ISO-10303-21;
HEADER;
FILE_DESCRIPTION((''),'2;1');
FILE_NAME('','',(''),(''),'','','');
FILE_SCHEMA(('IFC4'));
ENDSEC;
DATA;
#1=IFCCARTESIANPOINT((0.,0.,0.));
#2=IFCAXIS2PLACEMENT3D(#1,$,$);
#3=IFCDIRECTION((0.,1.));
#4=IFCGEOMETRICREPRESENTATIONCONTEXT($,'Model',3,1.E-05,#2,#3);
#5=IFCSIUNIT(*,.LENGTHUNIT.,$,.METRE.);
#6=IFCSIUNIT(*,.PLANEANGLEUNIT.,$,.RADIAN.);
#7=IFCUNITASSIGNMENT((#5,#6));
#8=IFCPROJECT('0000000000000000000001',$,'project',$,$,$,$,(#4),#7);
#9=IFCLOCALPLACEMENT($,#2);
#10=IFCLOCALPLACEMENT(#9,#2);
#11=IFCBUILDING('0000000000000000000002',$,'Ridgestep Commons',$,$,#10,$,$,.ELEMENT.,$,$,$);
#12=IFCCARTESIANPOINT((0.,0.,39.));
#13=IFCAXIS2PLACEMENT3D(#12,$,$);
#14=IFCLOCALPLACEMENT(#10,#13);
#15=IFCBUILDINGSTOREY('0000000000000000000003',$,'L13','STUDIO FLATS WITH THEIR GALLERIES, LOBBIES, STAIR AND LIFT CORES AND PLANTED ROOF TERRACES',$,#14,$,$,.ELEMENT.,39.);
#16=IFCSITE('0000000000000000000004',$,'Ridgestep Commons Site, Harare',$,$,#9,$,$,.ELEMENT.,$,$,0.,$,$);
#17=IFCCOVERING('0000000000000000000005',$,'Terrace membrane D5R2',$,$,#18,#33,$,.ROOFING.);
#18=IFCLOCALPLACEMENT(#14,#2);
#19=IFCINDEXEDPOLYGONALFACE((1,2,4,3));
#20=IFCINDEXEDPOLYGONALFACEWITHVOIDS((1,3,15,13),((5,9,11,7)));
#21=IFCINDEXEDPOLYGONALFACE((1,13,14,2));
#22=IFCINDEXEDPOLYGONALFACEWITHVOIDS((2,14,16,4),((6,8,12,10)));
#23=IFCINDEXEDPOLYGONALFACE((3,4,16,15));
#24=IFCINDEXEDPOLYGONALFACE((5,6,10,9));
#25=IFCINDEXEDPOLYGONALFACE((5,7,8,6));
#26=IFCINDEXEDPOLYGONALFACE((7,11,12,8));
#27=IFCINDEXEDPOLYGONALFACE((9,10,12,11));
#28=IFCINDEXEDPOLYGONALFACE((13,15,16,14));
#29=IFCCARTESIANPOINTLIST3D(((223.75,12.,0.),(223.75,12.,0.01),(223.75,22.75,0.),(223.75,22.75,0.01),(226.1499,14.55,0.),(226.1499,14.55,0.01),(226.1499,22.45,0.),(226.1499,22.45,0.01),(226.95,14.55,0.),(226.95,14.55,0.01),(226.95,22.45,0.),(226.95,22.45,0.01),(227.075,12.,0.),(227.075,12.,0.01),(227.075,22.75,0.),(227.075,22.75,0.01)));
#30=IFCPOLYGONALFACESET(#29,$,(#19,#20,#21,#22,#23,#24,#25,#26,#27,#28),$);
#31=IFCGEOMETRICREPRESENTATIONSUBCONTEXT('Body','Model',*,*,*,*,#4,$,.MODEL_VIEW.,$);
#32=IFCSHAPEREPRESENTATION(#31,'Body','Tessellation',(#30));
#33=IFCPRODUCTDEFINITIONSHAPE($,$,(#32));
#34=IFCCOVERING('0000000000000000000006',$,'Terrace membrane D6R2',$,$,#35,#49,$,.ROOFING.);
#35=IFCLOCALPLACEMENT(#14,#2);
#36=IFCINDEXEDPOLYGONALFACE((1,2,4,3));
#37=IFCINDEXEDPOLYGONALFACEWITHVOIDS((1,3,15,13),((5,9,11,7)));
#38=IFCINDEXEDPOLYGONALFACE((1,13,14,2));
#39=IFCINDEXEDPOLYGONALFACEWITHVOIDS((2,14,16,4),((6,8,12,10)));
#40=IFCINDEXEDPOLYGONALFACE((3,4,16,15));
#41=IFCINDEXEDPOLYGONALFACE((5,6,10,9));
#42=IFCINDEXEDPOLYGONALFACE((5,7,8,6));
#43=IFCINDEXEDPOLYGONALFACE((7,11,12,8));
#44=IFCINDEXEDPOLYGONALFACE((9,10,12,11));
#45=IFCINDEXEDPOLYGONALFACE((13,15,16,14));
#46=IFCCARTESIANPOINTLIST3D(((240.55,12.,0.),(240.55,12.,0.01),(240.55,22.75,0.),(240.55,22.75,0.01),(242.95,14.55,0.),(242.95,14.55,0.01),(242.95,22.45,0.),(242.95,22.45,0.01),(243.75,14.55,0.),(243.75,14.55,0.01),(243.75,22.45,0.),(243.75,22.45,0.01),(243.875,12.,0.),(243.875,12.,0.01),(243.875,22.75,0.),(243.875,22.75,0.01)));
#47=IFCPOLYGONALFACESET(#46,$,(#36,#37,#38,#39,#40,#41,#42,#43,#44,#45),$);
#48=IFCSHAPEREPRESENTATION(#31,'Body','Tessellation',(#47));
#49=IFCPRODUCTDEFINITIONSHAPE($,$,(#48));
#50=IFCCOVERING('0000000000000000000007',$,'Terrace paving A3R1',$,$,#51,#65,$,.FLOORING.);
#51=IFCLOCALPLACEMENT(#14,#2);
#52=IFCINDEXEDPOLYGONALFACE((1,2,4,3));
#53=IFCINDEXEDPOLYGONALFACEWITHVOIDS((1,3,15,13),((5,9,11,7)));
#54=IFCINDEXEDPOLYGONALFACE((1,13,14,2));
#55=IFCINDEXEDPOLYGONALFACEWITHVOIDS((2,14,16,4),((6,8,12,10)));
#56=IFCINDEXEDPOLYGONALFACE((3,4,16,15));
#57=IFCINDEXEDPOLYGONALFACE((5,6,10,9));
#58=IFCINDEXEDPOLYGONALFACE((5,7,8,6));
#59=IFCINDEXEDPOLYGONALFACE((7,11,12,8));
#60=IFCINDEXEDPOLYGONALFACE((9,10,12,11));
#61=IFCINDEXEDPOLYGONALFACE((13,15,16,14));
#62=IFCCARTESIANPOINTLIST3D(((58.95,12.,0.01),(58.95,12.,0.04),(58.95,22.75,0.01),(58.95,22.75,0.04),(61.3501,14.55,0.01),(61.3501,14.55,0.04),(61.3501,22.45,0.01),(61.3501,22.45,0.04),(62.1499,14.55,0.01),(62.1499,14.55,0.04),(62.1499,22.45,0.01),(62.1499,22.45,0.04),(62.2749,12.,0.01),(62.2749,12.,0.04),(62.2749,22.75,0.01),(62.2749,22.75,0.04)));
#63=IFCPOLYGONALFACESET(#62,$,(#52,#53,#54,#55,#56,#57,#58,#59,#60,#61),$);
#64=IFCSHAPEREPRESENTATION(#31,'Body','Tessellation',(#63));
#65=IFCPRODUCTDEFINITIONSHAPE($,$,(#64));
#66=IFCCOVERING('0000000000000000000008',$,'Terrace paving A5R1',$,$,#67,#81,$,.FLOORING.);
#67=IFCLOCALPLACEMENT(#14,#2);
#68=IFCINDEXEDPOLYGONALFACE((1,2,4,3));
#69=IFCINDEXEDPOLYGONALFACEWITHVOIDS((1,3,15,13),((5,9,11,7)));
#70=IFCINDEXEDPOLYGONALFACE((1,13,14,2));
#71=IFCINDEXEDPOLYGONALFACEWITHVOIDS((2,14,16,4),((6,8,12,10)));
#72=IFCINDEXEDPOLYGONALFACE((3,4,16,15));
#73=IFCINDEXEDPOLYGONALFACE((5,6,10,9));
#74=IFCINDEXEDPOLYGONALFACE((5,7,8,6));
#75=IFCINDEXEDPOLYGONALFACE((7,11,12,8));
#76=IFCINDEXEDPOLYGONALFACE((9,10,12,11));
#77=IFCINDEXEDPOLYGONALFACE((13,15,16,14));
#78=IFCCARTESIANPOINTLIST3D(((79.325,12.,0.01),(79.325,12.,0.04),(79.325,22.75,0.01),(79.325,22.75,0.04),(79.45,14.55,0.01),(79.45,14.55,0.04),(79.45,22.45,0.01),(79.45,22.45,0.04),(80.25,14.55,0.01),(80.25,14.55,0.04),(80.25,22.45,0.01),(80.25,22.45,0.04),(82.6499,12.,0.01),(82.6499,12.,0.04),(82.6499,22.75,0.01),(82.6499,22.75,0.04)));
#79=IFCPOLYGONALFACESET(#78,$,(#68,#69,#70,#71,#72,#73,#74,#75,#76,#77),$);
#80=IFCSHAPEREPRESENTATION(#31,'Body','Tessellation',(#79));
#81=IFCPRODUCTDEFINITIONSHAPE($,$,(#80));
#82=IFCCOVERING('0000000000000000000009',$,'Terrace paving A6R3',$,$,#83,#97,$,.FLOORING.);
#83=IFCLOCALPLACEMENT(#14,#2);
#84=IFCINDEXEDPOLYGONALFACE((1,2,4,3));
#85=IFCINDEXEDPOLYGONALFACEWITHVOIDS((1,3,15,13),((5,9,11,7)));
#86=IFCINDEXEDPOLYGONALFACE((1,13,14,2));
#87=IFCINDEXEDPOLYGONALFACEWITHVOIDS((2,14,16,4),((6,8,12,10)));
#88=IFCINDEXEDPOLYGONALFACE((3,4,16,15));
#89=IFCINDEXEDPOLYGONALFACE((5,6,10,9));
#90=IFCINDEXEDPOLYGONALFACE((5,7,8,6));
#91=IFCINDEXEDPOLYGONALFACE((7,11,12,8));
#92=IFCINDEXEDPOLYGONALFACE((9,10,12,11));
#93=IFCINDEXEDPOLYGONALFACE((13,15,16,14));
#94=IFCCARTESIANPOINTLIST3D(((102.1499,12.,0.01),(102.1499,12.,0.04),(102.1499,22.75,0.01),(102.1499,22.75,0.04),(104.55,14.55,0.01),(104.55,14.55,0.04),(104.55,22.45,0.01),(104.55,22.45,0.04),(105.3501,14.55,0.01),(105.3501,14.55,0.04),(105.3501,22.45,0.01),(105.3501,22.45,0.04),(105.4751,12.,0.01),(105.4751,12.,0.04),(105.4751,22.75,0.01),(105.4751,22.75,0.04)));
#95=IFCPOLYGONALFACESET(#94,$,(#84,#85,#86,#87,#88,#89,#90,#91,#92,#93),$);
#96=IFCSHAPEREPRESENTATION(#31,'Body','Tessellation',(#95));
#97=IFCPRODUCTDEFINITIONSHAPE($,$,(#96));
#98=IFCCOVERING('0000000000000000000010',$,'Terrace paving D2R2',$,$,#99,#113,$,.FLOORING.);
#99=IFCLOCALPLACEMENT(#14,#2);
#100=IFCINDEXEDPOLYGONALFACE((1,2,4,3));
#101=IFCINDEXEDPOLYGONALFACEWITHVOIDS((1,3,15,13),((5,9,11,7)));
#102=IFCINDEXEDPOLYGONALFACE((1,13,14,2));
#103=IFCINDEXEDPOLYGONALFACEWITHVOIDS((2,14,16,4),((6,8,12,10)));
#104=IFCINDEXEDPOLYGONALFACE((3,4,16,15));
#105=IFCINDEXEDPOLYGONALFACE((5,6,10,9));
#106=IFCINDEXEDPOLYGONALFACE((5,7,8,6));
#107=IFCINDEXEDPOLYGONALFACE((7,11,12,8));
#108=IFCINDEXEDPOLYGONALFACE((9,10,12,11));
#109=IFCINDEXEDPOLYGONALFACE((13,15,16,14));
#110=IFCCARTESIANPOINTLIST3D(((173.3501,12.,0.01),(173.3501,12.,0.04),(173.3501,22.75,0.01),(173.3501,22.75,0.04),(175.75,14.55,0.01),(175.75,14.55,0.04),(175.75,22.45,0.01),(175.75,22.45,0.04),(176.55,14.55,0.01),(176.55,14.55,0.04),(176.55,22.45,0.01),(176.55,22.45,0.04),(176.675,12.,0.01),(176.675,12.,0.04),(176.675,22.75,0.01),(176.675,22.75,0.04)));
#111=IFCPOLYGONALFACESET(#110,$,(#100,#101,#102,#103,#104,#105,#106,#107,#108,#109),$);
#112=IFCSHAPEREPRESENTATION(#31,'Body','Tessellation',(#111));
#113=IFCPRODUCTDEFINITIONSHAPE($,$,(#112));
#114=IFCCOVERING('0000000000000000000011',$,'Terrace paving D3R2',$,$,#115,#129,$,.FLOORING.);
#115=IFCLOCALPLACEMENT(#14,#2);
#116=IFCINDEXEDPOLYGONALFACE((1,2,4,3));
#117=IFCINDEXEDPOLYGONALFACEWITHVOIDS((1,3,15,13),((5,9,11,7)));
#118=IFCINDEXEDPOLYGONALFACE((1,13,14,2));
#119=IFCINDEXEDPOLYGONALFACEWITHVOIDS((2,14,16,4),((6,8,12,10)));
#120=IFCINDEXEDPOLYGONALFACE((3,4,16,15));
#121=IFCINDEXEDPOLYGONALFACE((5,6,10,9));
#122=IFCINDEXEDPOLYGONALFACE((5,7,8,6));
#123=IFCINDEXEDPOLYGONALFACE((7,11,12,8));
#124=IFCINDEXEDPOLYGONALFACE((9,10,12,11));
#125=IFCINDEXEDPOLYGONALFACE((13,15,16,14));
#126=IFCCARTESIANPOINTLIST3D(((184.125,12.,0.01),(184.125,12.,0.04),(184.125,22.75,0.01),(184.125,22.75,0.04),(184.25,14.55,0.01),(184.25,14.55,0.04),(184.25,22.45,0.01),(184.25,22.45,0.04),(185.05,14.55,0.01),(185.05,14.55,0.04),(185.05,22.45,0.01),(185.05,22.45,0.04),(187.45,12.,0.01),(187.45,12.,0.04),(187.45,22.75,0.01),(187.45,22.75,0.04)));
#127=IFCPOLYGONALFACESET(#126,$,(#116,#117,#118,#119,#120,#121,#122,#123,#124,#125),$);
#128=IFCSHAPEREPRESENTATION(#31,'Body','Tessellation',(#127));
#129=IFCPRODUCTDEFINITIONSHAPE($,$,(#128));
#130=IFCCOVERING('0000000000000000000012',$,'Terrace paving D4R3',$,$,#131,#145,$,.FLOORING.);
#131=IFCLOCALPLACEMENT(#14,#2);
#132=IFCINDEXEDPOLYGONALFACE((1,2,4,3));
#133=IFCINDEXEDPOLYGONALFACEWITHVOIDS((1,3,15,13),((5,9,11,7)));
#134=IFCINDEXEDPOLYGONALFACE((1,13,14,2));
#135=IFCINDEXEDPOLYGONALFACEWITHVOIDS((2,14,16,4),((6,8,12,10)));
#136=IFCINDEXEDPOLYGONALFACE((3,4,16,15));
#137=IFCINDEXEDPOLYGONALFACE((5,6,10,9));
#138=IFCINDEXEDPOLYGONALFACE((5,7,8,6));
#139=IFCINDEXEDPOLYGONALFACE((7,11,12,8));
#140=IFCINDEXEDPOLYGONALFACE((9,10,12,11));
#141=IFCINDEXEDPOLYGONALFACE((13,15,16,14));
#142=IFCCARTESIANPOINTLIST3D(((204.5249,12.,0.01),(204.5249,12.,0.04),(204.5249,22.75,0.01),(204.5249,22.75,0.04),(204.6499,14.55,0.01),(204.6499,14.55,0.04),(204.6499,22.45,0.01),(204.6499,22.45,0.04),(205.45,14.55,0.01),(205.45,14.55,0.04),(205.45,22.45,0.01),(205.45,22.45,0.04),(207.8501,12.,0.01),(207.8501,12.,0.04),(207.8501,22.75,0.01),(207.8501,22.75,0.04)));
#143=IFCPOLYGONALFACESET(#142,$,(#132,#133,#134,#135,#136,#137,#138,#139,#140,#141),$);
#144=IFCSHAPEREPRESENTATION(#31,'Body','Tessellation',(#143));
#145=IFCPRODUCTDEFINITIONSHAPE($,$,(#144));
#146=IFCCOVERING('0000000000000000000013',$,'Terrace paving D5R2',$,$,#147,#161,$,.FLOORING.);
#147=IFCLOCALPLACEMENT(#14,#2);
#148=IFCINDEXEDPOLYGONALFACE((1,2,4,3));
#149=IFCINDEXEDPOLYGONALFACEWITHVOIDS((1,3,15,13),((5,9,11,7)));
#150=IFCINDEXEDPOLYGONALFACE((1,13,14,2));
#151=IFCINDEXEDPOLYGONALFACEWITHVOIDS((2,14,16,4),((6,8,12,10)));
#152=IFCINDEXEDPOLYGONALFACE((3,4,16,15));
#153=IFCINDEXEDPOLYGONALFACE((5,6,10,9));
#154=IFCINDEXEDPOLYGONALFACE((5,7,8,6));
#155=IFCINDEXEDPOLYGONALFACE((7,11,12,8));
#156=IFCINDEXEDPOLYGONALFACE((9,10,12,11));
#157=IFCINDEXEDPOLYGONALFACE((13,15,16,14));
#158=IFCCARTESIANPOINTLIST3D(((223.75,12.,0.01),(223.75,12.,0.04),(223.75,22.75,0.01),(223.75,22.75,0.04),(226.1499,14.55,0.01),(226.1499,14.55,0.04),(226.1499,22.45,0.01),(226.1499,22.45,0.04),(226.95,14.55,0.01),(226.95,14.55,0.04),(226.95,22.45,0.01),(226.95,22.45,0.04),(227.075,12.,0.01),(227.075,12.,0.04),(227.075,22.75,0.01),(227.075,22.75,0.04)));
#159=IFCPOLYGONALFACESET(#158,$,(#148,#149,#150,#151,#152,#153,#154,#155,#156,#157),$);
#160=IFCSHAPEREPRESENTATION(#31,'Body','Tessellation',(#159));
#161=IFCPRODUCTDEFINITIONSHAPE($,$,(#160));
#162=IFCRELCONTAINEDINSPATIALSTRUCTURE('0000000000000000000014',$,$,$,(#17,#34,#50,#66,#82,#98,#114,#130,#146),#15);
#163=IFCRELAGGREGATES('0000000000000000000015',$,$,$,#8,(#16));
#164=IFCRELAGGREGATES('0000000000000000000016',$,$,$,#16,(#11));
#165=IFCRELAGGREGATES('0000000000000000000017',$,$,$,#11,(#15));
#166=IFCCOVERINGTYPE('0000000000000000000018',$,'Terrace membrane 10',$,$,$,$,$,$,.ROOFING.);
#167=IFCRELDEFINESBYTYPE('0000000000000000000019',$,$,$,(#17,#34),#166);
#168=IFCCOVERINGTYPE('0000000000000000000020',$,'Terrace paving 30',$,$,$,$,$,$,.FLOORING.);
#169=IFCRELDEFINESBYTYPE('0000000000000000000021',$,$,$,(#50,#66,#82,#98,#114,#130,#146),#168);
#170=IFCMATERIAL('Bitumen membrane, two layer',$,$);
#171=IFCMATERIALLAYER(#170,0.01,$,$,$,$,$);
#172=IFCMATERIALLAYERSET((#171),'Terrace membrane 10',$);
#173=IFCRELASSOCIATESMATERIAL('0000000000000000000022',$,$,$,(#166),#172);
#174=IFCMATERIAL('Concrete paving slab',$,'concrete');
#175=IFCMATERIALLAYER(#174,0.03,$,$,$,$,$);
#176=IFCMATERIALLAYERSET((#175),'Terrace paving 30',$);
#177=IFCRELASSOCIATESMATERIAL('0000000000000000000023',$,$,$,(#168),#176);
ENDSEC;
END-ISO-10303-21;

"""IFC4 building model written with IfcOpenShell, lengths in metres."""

from ifc_helpers import new_model, si_unit, direction, frame, origin, place, context, subcontext, project, spatial, polyline, outline, extrude, material, layer, layer_set, type_object, element, save


model = new_model("IFC4")

# Units and contexts
model_context = context("Model", 3, precision=1e-05, world=origin(), true_north=direction((0.0, 1.0)))
body_context = subcontext(model_context, "Body", "Model", "MODEL_VIEW")
ifc_project = project(units=[si_unit("LENGTHUNIT", "METRE"), si_unit("PLANEANGLEUNIT", "RADIAN")], contexts=[model_context])

# Site, building, storey
site_placement = place(None, origin())
site = spatial("IfcSite", under=ifc_project, at=site_placement, Name="Ridgestep Commons Site, Harare", CompositionType="ELEMENT", RefElevation=0.0)
building_placement = place(site_placement, origin())
building = spatial("IfcBuilding", under=site, at=building_placement, Name="Ridgestep Commons", CompositionType="ELEMENT")
storey_placement = place(building_placement, frame((0.0, 0.0, 39.0)))
storey = spatial("IfcBuildingStorey", under=building, at=storey_placement, Name="L13", Description="STUDIO FLATS WITH THEIR GALLERIES, LOBBIES, STAIR AND LIFT CORES AND PLANTED ROOF TERRACES", CompositionType="ELEMENT", Elevation=39.0)

# Coverings
ifc_material_1 = material(Name="Bitumen membrane, two layer")
ifc_layer_1 = layer(ifc_material_1, 0.01)
ifc_layer_set_1 = layer_set([ifc_layer_1], Name="Terrace membrane 10")
covering_type_1 = type_object("IfcCoveringType", Name="Terrace membrane 10", PredefinedType="ROOFING", material=ifc_layer_set_1)
covering_1_placement = place(storey_placement, origin())
element("IfcCovering", 1, at=covering_1_placement, inside=storey, type_object=covering_type_1, Name="Terrace membrane D5R2", PredefinedType="ROOFING", context=body_context, shape_type="SweptSolid", body=[
    extrude(outline(polyline([(227.075, 12.0), (227.075, 22.75), (223.75, 22.75), (223.75, 12.0), (227.075, 12.0)]), holes=[polyline([(226.95, 14.55), (226.95, 22.45), (226.1499, 22.45), (226.1499, 14.55), (226.95, 14.55)])]), origin(), (0.0, 0.0, 1.0), 0.01),
])
covering_2_placement = place(storey_placement, origin())
element("IfcCovering", 2, at=covering_2_placement, inside=storey, type_object=covering_type_1, Name="Terrace membrane D6R2", PredefinedType="ROOFING", context=body_context, shape_type="SweptSolid", body=[
    extrude(outline(polyline([(243.875, 12.0), (243.875, 22.75), (240.55, 22.75), (240.55, 12.0), (243.875, 12.0)]), holes=[polyline([(243.75, 14.55), (243.75, 22.45), (242.95, 22.45), (242.95, 14.55), (243.75, 14.55)])]), origin(), (0.0, 0.0, 1.0), 0.01),
])
ifc_material_2 = material(Name="Concrete paving slab", Category="concrete")
ifc_layer_2 = layer(ifc_material_2, 0.03)
ifc_layer_set_2 = layer_set([ifc_layer_2], Name="Terrace paving 30")
covering_type_2 = type_object("IfcCoveringType", Name="Terrace paving 30", PredefinedType="FLOORING", material=ifc_layer_set_2)
covering_3_placement = place(storey_placement, frame((0.0, 0.0, 0.01)))
element("IfcCovering", 3, at=covering_3_placement, inside=storey, type_object=covering_type_2, Name="Terrace paving A3R1", PredefinedType="FLOORING", context=body_context, shape_type="SweptSolid", body=[
    extrude(outline(polyline([(62.2749, 12.0), (62.2749, 22.75), (58.95, 22.75), (58.95, 12.0), (62.2749, 12.0)]), holes=[polyline([(62.1499, 14.55), (62.1499, 22.45), (61.3501, 22.45), (61.3501, 14.55), (62.1499, 14.55)])]), origin(), (0.0, 0.0, 1.0), 0.03),
])
covering_4_placement = place(storey_placement, frame((0.0, 0.0, 0.01)))
element("IfcCovering", 4, at=covering_4_placement, inside=storey, type_object=covering_type_2, Name="Terrace paving A5R1", PredefinedType="FLOORING", context=body_context, shape_type="SweptSolid", body=[
    extrude(outline(polyline([(82.6499, 12.0), (82.6499, 22.75), (79.325, 22.75), (79.325, 12.0), (82.6499, 12.0)]), holes=[polyline([(80.25, 14.55), (80.25, 22.45), (79.45, 22.45), (79.45, 14.55), (80.25, 14.55)])]), origin(), (0.0, 0.0, 1.0), 0.03),
])
covering_5_placement = place(storey_placement, frame((0.0, 0.0, 0.01)))
element("IfcCovering", 5, at=covering_5_placement, inside=storey, type_object=covering_type_2, Name="Terrace paving A6R3", PredefinedType="FLOORING", context=body_context, shape_type="SweptSolid", body=[
    extrude(outline(polyline([(105.4751, 12.0), (105.4751, 22.75), (102.1499, 22.75), (102.1499, 12.0), (105.4751, 12.0)]), holes=[polyline([(105.3501, 14.55), (105.3501, 22.45), (104.55, 22.45), (104.55, 14.55), (105.3501, 14.55)])]), origin(), (0.0, 0.0, 1.0), 0.03),
])
covering_6_placement = place(storey_placement, frame((0.0, 0.0, 0.01)))
element("IfcCovering", 6, at=covering_6_placement, inside=storey, type_object=covering_type_2, Name="Terrace paving D2R2", PredefinedType="FLOORING", context=body_context, shape_type="SweptSolid", body=[
    extrude(outline(polyline([(176.675, 12.0), (176.675, 22.75), (173.3501, 22.75), (173.3501, 12.0), (176.675, 12.0)]), holes=[polyline([(176.55, 14.55), (176.55, 22.45), (175.75, 22.45), (175.75, 14.55), (176.55, 14.55)])]), origin(), (0.0, 0.0, 1.0), 0.03),
])
covering_7_placement = place(storey_placement, frame((0.0, 0.0, 0.01)))
element("IfcCovering", 7, at=covering_7_placement, inside=storey, type_object=covering_type_2, Name="Terrace paving D3R2", PredefinedType="FLOORING", context=body_context, shape_type="SweptSolid", body=[
    extrude(outline(polyline([(187.45, 12.0), (187.45, 22.75), (184.125, 22.75), (184.125, 12.0), (187.45, 12.0)]), holes=[polyline([(185.05, 14.55), (185.05, 22.45), (184.25, 22.45), (184.25, 14.55), (185.05, 14.55)])]), origin(), (0.0, 0.0, 1.0), 0.03),
])
covering_8_placement = place(storey_placement, frame((0.0, 0.0, 0.01)))
element("IfcCovering", 8, at=covering_8_placement, inside=storey, type_object=covering_type_2, Name="Terrace paving D4R3", PredefinedType="FLOORING", context=body_context, shape_type="SweptSolid", body=[
    extrude(outline(polyline([(207.8501, 12.0), (207.8501, 22.75), (204.5249, 22.75), (204.5249, 12.0), (207.8501, 12.0)]), holes=[polyline([(205.45, 14.55), (205.45, 22.45), (204.6499, 22.45), (204.6499, 14.55), (205.45, 14.55)])]), origin(), (0.0, 0.0, 1.0), 0.03),
])
covering_9_placement = place(storey_placement, frame((0.0, 0.0, 0.01)))
element("IfcCovering", 9, at=covering_9_placement, inside=storey, type_object=covering_type_2, Name="Terrace paving D5R2", PredefinedType="FLOORING", context=body_context, shape_type="SweptSolid", body=[
    extrude(outline(polyline([(227.075, 12.0), (227.075, 22.75), (223.75, 22.75), (223.75, 12.0), (227.075, 12.0)]), holes=[polyline([(226.95, 14.55), (226.95, 22.45), (226.1499, 22.45), (226.1499, 14.55), (226.95, 14.55)])]), origin(), (0.0, 0.0, 1.0), 0.03),
])

save(model, "model.ifc")
